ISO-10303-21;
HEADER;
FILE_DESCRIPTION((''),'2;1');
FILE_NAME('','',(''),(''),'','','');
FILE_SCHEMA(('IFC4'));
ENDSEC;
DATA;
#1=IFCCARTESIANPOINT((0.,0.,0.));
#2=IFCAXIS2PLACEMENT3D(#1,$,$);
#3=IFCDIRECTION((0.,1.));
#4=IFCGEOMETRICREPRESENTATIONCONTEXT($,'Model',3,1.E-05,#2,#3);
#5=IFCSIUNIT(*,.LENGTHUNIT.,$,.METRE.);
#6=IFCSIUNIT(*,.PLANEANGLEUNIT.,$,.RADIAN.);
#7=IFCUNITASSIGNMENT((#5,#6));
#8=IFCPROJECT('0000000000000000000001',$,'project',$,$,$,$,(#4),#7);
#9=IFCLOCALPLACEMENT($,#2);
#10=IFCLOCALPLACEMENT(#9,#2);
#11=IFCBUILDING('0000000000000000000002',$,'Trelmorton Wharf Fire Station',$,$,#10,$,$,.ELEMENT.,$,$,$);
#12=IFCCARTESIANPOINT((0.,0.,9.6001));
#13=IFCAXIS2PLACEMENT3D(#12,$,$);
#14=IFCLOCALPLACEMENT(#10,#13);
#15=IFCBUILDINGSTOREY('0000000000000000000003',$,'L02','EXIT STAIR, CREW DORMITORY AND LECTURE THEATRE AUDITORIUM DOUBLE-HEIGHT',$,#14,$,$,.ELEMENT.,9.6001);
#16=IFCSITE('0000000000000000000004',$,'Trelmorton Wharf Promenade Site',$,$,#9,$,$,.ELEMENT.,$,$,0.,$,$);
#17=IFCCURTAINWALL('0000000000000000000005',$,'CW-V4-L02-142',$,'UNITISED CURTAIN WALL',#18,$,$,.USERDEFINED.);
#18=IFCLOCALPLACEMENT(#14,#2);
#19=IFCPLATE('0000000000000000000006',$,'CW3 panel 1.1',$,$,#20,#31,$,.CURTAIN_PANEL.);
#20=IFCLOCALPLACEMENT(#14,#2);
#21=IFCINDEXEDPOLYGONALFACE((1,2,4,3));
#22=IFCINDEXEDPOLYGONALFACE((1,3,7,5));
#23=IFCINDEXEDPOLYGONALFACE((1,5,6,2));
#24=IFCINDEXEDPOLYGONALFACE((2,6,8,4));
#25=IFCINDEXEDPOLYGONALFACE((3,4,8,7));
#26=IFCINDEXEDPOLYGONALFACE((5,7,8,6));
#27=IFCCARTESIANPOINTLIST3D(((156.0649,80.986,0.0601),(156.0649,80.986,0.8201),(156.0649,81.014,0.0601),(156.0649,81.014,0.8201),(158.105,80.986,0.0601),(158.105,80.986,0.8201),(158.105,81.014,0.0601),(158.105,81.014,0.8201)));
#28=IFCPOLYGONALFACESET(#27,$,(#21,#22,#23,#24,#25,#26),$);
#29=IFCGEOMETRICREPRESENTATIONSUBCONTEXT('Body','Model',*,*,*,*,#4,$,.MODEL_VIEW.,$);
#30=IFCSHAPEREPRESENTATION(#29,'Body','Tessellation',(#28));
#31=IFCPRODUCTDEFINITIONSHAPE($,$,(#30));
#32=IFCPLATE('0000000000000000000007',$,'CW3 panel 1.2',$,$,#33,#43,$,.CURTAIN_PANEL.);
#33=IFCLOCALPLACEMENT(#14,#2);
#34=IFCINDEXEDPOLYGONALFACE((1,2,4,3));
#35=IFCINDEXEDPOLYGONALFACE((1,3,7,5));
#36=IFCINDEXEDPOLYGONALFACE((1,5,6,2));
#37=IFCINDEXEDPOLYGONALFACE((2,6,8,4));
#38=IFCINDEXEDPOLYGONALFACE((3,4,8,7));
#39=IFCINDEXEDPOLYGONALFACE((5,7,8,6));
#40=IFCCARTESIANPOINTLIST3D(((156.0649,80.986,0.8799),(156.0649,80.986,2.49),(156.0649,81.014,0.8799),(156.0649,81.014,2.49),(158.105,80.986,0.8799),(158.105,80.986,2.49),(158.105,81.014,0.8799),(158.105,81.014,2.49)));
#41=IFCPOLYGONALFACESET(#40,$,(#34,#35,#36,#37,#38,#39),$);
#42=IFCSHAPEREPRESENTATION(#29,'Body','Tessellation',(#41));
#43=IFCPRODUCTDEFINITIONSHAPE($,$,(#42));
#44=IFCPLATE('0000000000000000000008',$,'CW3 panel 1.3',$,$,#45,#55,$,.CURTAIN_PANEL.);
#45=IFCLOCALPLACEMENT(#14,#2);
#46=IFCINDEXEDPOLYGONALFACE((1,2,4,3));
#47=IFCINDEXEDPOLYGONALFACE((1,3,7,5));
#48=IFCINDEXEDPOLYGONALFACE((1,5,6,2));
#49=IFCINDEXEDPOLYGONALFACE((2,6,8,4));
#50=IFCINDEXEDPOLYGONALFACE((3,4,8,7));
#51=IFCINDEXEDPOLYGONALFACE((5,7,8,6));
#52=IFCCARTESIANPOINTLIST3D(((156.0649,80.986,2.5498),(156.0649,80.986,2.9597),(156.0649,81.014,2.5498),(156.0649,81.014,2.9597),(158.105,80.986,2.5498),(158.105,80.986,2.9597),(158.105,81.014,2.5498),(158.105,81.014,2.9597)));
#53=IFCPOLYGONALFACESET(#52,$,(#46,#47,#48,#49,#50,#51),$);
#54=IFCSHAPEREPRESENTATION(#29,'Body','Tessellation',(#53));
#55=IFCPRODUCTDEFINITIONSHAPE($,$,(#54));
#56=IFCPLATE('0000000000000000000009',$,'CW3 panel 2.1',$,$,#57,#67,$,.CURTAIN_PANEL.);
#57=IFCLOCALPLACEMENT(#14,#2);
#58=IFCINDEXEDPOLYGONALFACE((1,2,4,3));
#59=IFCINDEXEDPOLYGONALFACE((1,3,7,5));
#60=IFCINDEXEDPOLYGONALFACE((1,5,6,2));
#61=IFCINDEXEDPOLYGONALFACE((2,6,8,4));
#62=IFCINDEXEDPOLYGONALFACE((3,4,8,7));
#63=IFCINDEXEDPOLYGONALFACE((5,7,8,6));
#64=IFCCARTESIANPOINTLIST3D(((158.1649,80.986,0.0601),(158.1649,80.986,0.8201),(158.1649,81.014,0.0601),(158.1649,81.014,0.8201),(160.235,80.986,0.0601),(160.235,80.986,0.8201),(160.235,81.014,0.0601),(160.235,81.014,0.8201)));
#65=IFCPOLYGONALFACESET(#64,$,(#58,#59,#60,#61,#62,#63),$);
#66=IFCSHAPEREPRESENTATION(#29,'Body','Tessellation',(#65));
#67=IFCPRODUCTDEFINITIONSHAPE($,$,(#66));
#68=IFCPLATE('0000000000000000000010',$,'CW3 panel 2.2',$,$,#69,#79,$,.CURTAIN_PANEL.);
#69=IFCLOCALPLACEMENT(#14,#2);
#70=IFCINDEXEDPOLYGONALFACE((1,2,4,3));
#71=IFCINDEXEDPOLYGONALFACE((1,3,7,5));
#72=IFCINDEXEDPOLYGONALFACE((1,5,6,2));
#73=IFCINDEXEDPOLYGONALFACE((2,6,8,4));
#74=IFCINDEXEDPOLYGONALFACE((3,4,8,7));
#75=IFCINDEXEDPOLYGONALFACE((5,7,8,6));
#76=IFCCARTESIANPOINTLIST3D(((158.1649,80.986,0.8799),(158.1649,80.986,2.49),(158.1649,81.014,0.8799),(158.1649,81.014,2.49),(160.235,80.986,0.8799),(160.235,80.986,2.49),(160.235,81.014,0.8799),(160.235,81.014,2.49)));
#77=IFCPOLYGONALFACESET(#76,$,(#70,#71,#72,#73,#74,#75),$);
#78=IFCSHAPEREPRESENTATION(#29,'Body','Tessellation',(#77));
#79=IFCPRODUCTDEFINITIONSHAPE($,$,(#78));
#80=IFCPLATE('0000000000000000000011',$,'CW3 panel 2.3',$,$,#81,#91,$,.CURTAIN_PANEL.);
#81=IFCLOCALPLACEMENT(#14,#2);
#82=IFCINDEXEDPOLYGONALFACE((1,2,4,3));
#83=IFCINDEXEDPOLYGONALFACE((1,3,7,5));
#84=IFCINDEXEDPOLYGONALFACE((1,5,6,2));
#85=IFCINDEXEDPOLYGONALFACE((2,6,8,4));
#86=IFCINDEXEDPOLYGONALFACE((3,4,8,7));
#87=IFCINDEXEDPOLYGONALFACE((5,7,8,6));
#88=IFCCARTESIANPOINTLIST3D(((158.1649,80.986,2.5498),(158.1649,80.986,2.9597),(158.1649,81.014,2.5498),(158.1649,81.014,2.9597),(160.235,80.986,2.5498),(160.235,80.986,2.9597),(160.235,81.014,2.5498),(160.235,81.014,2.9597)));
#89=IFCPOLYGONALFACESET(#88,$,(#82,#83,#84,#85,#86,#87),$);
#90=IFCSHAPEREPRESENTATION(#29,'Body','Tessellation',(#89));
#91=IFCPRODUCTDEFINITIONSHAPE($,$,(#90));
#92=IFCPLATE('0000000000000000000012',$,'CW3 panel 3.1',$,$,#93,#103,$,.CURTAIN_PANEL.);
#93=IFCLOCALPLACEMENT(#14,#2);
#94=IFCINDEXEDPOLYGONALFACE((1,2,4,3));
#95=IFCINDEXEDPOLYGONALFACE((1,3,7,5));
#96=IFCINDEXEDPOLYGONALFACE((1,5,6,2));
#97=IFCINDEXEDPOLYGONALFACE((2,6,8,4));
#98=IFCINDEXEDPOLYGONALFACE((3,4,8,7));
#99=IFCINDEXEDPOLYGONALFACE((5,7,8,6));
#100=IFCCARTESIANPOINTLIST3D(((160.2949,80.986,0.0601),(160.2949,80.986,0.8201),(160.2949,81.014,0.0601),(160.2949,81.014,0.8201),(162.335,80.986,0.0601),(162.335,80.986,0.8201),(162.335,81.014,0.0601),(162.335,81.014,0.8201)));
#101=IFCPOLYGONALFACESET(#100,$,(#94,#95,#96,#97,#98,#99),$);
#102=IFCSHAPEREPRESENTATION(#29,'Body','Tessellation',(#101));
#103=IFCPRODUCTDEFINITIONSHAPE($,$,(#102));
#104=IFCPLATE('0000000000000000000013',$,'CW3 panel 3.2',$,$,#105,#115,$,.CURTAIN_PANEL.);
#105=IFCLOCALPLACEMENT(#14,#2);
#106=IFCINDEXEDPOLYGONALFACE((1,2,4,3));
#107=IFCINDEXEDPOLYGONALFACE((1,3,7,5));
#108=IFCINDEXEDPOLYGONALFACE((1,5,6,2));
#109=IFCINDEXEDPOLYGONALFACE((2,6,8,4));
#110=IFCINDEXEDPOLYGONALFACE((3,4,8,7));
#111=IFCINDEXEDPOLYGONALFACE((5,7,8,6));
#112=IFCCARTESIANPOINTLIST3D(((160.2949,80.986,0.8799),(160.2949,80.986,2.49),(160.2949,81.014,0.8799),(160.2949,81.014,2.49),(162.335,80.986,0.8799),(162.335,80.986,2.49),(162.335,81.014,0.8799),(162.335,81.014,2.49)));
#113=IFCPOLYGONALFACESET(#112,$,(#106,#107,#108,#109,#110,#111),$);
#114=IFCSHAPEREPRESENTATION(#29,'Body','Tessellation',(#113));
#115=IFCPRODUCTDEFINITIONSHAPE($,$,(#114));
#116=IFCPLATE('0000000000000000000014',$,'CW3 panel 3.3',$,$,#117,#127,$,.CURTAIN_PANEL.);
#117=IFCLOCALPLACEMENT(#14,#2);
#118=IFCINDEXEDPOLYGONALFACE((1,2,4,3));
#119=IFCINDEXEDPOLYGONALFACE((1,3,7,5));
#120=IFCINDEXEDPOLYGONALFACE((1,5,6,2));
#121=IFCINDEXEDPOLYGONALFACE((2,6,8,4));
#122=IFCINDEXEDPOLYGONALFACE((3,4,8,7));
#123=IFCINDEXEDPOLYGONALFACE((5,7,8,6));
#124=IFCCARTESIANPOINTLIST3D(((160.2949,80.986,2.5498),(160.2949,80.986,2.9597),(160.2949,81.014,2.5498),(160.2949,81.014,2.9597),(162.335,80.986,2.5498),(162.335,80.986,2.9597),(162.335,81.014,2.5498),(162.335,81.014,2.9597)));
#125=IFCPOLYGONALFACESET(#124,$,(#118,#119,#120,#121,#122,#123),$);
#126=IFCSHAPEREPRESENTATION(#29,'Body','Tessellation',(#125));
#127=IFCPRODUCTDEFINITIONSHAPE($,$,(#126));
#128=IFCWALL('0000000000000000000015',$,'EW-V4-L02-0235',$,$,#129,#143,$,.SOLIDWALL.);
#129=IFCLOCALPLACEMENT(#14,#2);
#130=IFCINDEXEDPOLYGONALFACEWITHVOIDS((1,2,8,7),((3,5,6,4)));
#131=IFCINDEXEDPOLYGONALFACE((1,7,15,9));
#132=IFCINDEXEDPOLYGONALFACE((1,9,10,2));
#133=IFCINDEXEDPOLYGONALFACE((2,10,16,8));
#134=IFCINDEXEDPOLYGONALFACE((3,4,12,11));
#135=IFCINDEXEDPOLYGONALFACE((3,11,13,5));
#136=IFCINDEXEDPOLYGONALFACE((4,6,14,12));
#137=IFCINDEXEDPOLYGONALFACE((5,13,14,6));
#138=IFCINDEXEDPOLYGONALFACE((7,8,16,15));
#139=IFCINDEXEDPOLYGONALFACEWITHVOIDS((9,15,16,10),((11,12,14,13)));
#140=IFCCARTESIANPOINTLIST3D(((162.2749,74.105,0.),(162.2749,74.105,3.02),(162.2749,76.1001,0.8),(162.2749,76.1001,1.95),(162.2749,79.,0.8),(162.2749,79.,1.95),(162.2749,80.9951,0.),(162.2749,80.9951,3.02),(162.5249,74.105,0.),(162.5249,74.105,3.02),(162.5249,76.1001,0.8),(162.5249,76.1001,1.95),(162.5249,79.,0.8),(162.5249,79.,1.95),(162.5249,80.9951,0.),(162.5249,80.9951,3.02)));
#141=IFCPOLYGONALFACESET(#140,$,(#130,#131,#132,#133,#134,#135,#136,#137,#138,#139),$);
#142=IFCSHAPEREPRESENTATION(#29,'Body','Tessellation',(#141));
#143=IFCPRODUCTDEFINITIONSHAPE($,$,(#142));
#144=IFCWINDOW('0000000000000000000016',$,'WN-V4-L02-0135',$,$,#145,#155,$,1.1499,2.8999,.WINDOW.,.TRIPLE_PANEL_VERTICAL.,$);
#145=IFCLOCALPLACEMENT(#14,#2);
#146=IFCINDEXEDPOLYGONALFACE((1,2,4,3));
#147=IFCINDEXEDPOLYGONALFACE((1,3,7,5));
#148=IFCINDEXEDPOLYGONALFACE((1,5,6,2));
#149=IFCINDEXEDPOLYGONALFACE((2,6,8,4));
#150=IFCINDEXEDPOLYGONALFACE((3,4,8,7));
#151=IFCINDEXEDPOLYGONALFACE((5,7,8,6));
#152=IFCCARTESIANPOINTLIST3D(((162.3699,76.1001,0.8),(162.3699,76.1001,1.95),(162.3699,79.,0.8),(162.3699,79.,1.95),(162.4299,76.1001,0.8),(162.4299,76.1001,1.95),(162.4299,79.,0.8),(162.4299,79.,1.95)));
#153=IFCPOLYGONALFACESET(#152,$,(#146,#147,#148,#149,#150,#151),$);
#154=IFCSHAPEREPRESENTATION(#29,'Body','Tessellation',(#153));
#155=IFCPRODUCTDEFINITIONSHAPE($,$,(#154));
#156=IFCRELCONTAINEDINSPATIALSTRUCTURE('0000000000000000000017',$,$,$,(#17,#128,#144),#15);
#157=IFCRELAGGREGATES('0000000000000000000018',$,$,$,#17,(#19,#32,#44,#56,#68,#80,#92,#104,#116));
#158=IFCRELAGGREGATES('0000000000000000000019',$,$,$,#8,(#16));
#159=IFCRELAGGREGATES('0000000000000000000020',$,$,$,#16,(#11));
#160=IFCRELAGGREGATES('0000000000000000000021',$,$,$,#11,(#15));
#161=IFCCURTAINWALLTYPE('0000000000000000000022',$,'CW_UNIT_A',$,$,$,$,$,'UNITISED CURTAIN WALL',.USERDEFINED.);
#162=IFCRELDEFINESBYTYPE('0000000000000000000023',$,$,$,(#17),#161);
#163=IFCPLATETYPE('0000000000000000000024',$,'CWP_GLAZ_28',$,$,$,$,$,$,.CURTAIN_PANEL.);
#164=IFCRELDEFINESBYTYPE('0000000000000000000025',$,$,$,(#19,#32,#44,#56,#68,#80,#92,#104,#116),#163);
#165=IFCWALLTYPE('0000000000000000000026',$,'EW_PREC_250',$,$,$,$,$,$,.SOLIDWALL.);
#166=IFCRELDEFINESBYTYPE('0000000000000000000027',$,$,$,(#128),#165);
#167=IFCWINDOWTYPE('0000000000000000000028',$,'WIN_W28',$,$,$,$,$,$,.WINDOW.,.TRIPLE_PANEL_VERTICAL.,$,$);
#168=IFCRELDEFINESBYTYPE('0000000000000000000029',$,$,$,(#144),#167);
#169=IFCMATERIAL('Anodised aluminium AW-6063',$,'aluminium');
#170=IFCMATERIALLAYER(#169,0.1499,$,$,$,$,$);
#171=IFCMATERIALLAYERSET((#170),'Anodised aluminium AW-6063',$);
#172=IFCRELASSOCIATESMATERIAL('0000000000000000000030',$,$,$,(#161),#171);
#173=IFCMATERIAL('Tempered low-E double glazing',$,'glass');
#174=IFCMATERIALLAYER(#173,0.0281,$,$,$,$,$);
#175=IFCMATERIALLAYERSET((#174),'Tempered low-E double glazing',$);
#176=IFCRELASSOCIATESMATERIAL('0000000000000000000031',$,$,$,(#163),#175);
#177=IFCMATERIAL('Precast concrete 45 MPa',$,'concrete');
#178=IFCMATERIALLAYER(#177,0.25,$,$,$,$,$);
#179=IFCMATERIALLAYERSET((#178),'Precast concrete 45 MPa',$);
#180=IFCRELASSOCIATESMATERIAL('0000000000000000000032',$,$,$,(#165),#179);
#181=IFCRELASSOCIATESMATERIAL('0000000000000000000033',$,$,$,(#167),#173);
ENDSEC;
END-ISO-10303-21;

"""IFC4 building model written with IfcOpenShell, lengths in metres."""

from ifc_helpers import new_model, si_unit, direction, frame, frame_2d, origin, origin_2d, place, context, subcontext, project, spatial, rectangle, extrude, material, layer, layer_set, type_object, element, fill, aggregate, save


model = new_model("IFC4")

# Units and contexts
model_context = context("Model", 3, precision=1e-05, world=origin(), true_north=direction((0.0, 1.0)))
body_context = subcontext(model_context, "Body", "Model", "MODEL_VIEW")
ifc_project = project(units=[si_unit("LENGTHUNIT", "METRE"), si_unit("PLANEANGLEUNIT", "RADIAN")], contexts=[model_context])

# Site, building, storey
site_placement = place(None, origin())
site = spatial("IfcSite", under=ifc_project, at=site_placement, Name="Trelmorton Wharf Promenade Site", CompositionType="ELEMENT", RefElevation=0.0)
building_placement = place(site_placement, origin())
building = spatial("IfcBuilding", under=site, at=building_placement, Name="Trelmorton Wharf Fire Station", CompositionType="ELEMENT")
storey_placement = place(building_placement, frame((0.0, 0.0, 9.6001)))
storey = spatial("IfcBuildingStorey", under=building, at=storey_placement, Name="L02", Description="EXIT STAIR, CREW DORMITORY AND LECTURE THEATRE AUDITORIUM DOUBLE-HEIGHT", CompositionType="ELEMENT", Elevation=9.6001)

# Curtain wall, plates
ifc_material_1 = material(Name="Anodised aluminium AW-6063", Category="aluminium")
ifc_layer_1 = layer(ifc_material_1, 0.1499)
ifc_layer_set_1 = layer_set([ifc_layer_1], Name="Anodised aluminium AW-6063")
curtain_wall_type = type_object("IfcCurtainWallType", Name="CW_UNIT_A", ElementType="UNITISED CURTAIN WALL", PredefinedType="USERDEFINED", material=ifc_layer_set_1)
curtain_wall_placement = place(storey_placement, origin())
curtain_wall = element("IfcCurtainWall", 1, at=curtain_wall_placement, inside=storey, type_object=curtain_wall_type, Name="CW-V4-L02-142", ObjectType="UNITISED CURTAIN WALL", PredefinedType="USERDEFINED")
ifc_material_2 = material(Name="Tempered low-E double glazing", Category="glass")
ifc_layer_2 = layer(ifc_material_2, 0.0281)
ifc_layer_set_2 = layer_set([ifc_layer_2], Name="Tempered low-E double glazing")
plate_type = type_object("IfcPlateType", Name="CWP_GLAZ_28", PredefinedType="CURTAIN_PANEL", material=ifc_layer_set_2)
plate_1_placement = place(storey_placement, frame((157.085, 81.0, 0.0601), z_axis=(0.0, 0.0, 1.0), x_axis=(1.0, 0.0, 0.0)))
plate_1 = element("IfcPlate", 2, at=plate_1_placement, type_object=plate_type, Name="CW3 panel 1.1", PredefinedType="CURTAIN_PANEL", context=body_context, shape_type="SweptSolid", body=[
    extrude(rectangle(XDim=2.04, YDim=0.0281, at=origin_2d()), origin(), (0.0, 0.0, 1.0), 0.76),
])
plate_2_placement = place(storey_placement, frame((157.085, 81.0, 0.8799), z_axis=(0.0, 0.0, 1.0), x_axis=(1.0, 0.0, 0.0)))
plate_2 = element("IfcPlate", 3, at=plate_2_placement, type_object=plate_type, Name="CW3 panel 1.2", PredefinedType="CURTAIN_PANEL", context=body_context, shape_type="SweptSolid", body=[
    extrude(rectangle(XDim=2.04, YDim=0.0281, at=origin_2d()), origin(), (0.0, 0.0, 1.0), 1.6101),
])
plate_3_placement = place(storey_placement, frame((157.085, 81.0, 2.5498), z_axis=(0.0, 0.0, 1.0), x_axis=(1.0, 0.0, 0.0)))
plate_3 = element("IfcPlate", 4, at=plate_3_placement, type_object=plate_type, Name="CW3 panel 1.3", PredefinedType="CURTAIN_PANEL", context=body_context, shape_type="SweptSolid", body=[
    extrude(rectangle(XDim=2.04, YDim=0.0281, at=origin_2d()), origin(), (0.0, 0.0, 1.0), 0.4099),
])
plate_4_placement = place(storey_placement, frame((159.2, 81.0, 0.0601), z_axis=(0.0, 0.0, 1.0), x_axis=(1.0, 0.0, 0.0)))
plate_4 = element("IfcPlate", 5, at=plate_4_placement, type_object=plate_type, Name="CW3 panel 2.1", PredefinedType="CURTAIN_PANEL", context=body_context, shape_type="SweptSolid", body=[
    extrude(rectangle(XDim=2.0701, YDim=0.0281, at=origin_2d()), origin(), (0.0, 0.0, 1.0), 0.76),
])
plate_5_placement = place(storey_placement, frame((159.2, 81.0, 0.8799), z_axis=(0.0, 0.0, 1.0), x_axis=(1.0, 0.0, 0.0)))
plate_5 = element("IfcPlate", 6, at=plate_5_placement, type_object=plate_type, Name="CW3 panel 2.2", PredefinedType="CURTAIN_PANEL", context=body_context, shape_type="SweptSolid", body=[
    extrude(rectangle(XDim=2.0701, YDim=0.0281, at=origin_2d()), origin(), (0.0, 0.0, 1.0), 1.6101),
])
plate_6_placement = place(storey_placement, frame((159.2, 81.0, 2.5498), z_axis=(0.0, 0.0, 1.0), x_axis=(1.0, 0.0, 0.0)))
plate_6 = element("IfcPlate", 7, at=plate_6_placement, type_object=plate_type, Name="CW3 panel 2.3", PredefinedType="CURTAIN_PANEL", context=body_context, shape_type="SweptSolid", body=[
    extrude(rectangle(XDim=2.0701, YDim=0.0281, at=origin_2d()), origin(), (0.0, 0.0, 1.0), 0.4099),
])
plate_7_placement = place(storey_placement, frame((161.3149, 81.0, 0.0601), z_axis=(0.0, 0.0, 1.0), x_axis=(1.0, 0.0, 0.0)))
plate_7 = element("IfcPlate", 8, at=plate_7_placement, type_object=plate_type, Name="CW3 panel 3.1", PredefinedType="CURTAIN_PANEL", context=body_context, shape_type="SweptSolid", body=[
    extrude(rectangle(XDim=2.04, YDim=0.0281, at=origin_2d()), origin(), (0.0, 0.0, 1.0), 0.76),
])
plate_8_placement = place(storey_placement, frame((161.3149, 81.0, 0.8799), z_axis=(0.0, 0.0, 1.0), x_axis=(1.0, 0.0, 0.0)))
plate_8 = element("IfcPlate", 9, at=plate_8_placement, type_object=plate_type, Name="CW3 panel 3.2", PredefinedType="CURTAIN_PANEL", context=body_context, shape_type="SweptSolid", body=[
    extrude(rectangle(XDim=2.04, YDim=0.0281, at=origin_2d()), origin(), (0.0, 0.0, 1.0), 1.6101),
])
plate_9_placement = place(storey_placement, frame((161.3149, 81.0, 2.5498), z_axis=(0.0, 0.0, 1.0), x_axis=(1.0, 0.0, 0.0)))
plate_9 = element("IfcPlate", 10, at=plate_9_placement, type_object=plate_type, Name="CW3 panel 3.3", PredefinedType="CURTAIN_PANEL", context=body_context, shape_type="SweptSolid", body=[
    extrude(rectangle(XDim=2.04, YDim=0.0281, at=origin_2d()), origin(), (0.0, 0.0, 1.0), 0.4099),
])
aggregate(curtain_wall, [plate_1, plate_2, plate_3, plate_4, plate_5, plate_6, plate_7, plate_8, plate_9])

# Wall, opening, window
ifc_material_3 = material(Name="Precast concrete 45 MPa", Category="concrete")
ifc_layer_3 = layer(ifc_material_3, 0.25)
ifc_layer_set_3 = layer_set([ifc_layer_3], Name="Precast concrete 45 MPa")
wall_type = type_object("IfcWallType", Name="EW_PREC_250", PredefinedType="SOLIDWALL", material=ifc_layer_set_3)
wall_placement = place(storey_placement, frame((162.3999, 80.9951, 0.0), z_axis=(0.0, 0.0, 1.0), x_axis=(0.0, -1.0, 0.0)))
wall = element("IfcWall", 11, at=wall_placement, inside=storey, type_object=wall_type, Name="EW-V4-L02-0235", PredefinedType="SOLIDWALL", context=body_context, shape_type="SweptSolid", body=[
    extrude(rectangle(XDim=6.8901, YDim=0.25, at=frame_2d((3.4451, 0.0))), origin(), (0.0, 0.0, 1.0), 3.02),
])
opening_placement = place(wall_placement, frame((1.9951, 0.0, 0.8)))
opening = element("IfcOpeningElement", 12, at=opening_placement, cuts=wall, PredefinedType="OPENING", context=body_context, shape_type="SweptSolid", body=[
    extrude(rectangle(XDim=2.8999, YDim=1.1499, at=frame_2d((1.45, 0.575))), frame((0.0, 0.135, 0.0), z_axis=(0.0, -1.0, 0.0), x_axis=(1.0, 0.0, 0.0)), (0.0, 0.0, 1.0), 0.27),
])
window_type = type_object("IfcWindowType", Name="WIN_W28", PartitioningType="TRIPLE_PANEL_VERTICAL", PredefinedType="WINDOW", material=ifc_material_2)
window_placement = place(opening_placement, origin())
window = element("IfcWindow", 13, at=window_placement, inside=storey, type_object=window_type, Name="WN-V4-L02-0135", OverallHeight=1.1499, OverallWidth=2.8999, PartitioningType="TRIPLE_PANEL_VERTICAL", PredefinedType="WINDOW", context=body_context, shape_type="SweptSolid", body=[
    extrude(rectangle(XDim=2.8999, YDim=1.1499, at=frame_2d((1.45, 0.575))), frame((0.0, 0.03, 0.0), z_axis=(0.0, -1.0, 0.0), x_axis=(1.0, 0.0, 0.0)), (0.0, 0.0, 1.0), 0.0601),
])
fill(opening, window)

save(model, "model.ifc")
